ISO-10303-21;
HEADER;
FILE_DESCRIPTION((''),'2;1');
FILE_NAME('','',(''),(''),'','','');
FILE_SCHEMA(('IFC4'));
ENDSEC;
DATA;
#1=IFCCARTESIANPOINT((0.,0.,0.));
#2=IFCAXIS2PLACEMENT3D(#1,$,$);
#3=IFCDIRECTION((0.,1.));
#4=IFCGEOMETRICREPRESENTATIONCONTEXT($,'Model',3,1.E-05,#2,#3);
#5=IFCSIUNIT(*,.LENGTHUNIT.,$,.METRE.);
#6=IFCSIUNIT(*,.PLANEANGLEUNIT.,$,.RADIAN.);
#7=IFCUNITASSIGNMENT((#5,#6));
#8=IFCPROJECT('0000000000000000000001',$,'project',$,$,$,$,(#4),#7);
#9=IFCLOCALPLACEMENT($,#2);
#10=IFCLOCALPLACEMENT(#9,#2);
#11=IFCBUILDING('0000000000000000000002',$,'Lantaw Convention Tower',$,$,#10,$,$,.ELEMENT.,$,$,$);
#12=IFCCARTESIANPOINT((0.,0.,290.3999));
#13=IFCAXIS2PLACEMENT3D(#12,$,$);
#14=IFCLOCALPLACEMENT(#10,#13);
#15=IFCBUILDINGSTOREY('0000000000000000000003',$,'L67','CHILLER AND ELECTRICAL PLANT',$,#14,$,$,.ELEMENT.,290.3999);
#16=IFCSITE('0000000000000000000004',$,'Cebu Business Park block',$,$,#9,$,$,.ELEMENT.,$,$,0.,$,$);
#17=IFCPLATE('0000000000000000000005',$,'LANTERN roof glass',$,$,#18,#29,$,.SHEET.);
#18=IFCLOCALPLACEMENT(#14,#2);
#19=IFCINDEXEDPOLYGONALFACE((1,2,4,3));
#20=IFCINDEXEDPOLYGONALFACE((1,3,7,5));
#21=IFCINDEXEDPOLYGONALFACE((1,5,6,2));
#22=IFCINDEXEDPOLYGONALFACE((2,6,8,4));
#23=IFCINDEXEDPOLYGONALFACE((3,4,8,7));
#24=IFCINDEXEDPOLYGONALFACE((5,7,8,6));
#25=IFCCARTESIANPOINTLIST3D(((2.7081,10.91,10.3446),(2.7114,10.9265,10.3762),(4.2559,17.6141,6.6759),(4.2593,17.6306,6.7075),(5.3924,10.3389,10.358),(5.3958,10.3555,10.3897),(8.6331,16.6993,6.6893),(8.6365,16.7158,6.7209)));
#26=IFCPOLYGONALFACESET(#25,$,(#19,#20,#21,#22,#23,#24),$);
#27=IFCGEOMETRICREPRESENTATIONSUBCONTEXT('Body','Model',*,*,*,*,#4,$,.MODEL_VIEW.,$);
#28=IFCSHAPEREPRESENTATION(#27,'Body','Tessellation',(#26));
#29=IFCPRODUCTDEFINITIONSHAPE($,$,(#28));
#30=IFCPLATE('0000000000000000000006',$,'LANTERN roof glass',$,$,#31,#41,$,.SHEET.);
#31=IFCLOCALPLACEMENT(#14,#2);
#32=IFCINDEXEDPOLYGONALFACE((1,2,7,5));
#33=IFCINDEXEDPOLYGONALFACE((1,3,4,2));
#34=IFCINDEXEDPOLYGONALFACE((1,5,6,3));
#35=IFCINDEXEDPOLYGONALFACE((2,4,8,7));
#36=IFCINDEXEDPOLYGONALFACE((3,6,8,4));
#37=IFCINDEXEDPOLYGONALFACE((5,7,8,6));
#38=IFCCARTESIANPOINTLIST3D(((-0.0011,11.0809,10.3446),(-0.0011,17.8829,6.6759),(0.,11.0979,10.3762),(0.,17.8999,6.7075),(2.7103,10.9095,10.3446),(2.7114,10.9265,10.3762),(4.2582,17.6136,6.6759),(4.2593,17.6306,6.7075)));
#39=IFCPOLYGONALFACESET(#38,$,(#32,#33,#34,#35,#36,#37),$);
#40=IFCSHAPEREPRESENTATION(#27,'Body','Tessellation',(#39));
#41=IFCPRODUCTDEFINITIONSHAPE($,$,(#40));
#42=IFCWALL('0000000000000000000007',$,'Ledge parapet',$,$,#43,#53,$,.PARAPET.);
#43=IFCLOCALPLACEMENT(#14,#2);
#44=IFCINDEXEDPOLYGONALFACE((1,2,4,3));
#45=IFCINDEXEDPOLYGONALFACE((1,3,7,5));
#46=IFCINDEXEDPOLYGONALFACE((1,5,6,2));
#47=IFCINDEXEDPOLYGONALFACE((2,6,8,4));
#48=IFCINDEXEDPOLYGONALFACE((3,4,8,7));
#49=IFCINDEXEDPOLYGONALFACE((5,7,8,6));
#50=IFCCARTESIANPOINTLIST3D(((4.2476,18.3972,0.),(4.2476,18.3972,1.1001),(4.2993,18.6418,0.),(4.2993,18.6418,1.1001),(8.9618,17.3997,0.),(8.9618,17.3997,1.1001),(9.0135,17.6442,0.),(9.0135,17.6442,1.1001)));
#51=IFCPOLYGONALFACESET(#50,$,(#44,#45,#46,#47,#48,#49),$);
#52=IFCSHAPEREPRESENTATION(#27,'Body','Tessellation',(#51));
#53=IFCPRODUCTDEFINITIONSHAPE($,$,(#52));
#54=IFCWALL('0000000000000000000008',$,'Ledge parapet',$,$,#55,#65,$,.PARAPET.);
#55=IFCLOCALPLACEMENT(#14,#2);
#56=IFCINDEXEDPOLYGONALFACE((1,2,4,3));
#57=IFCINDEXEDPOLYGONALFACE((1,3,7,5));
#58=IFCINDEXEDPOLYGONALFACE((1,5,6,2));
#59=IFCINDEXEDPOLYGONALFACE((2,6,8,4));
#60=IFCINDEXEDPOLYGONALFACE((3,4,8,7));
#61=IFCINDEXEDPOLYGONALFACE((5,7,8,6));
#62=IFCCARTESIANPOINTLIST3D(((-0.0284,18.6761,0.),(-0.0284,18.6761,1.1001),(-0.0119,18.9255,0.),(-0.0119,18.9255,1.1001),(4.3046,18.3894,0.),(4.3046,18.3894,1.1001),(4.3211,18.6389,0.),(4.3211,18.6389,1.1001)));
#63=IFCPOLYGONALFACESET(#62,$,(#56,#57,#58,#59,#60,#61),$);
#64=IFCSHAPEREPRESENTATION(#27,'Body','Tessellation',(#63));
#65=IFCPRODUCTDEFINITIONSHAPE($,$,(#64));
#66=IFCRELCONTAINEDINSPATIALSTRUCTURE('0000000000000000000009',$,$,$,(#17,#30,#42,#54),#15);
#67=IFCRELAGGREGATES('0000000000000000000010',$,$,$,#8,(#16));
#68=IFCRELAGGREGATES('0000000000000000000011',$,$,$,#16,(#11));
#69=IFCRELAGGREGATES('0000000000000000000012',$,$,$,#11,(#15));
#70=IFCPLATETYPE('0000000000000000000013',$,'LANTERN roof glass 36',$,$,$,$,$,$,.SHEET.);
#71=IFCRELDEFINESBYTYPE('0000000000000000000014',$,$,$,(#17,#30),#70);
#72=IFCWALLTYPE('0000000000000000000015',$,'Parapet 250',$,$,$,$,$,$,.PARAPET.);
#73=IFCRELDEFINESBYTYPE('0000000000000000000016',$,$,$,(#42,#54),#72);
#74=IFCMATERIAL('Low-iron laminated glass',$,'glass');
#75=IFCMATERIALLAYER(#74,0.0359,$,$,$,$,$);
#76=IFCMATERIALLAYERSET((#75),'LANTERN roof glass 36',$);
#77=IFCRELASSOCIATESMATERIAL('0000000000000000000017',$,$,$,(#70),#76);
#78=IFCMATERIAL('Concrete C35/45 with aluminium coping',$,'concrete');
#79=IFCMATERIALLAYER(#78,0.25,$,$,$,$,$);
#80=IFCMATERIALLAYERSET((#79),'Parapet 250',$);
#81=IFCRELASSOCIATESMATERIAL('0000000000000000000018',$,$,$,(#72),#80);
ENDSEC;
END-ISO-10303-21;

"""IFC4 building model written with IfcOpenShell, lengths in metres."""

from ifc_helpers import new_model, si_unit, direction, frame, frame_2d, origin, place, context, subcontext, project, spatial, polyline, rectangle, outline, extrude, material, layer, layer_set, type_object, element, save


model = new_model("IFC4")

# Units and contexts
model_context = context("Model", 3, precision=1e-05, world=origin(), true_north=direction((0.0, 1.0)))
body_context = subcontext(model_context, "Body", "Model", "MODEL_VIEW")
ifc_project = project(units=[si_unit("LENGTHUNIT", "METRE"), si_unit("PLANEANGLEUNIT", "RADIAN")], contexts=[model_context])

# Site, building, storey
site_placement = place(None, origin())
site = spatial("IfcSite", under=ifc_project, at=site_placement, Name="Cebu Business Park block", CompositionType="ELEMENT", RefElevation=0.0)
building_placement = place(site_placement, origin())
building = spatial("IfcBuilding", under=site, at=building_placement, Name="Lantaw Convention Tower", CompositionType="ELEMENT")
storey_placement = place(building_placement, frame((0.0, 0.0, 290.3999)))
storey = spatial("IfcBuildingStorey", under=building, at=storey_placement, Name="L67", Description="CHILLER AND ELECTRICAL PLANT", CompositionType="ELEMENT", Elevation=290.3999)

# Shared definitions
ifc_material_1 = material(Name="Low-iron laminated glass", Category="glass")

# Plates
ifc_layer_1 = layer(ifc_material_1, 0.0359)
ifc_layer_set_1 = layer_set([ifc_layer_1], Name="LANTERN roof glass 36")
plate_type_1 = type_object("IfcPlateType", Name="LANTERN roof glass 36", PredefinedType="SHEET", material=ifc_layer_set_1)
plate_1_placement = place(storey_placement, frame((8.6365, 16.7158, 6.7209), z_axis=(0.093688, 0.461206, 0.882333), x_axis=(-0.978847, 0.204574, -0.002997)))
element("IfcPlate", 1, at=plate_1_placement, inside=storey, type_object=plate_type_1, Name="LANTERN roof glass", PredefinedType="SHEET", context=body_context, shape_type="SweptSolid", body=[
    extrude(outline(polyline([(0.0, 0.0), (4.4718, 0.0), (4.6044, 7.7963), (1.86, 7.8074), (0.0, 0.0)])), origin(), (0.0, 0.0, -1.0), 0.0359),
])
plate_2_placement = place(storey_placement, frame((4.2593, 17.6306, 6.7075), z_axis=(0.029997, 0.474498, 0.879745), x_axis=(-0.998007, 0.063096, -0.000002)))
element("IfcPlate", 2, at=plate_2_placement, inside=storey, type_object=plate_type_1, Name="LANTERN roof glass", PredefinedType="SHEET", context=body_context, shape_type="SweptSolid", body=[
    extrude(outline(polyline([(0.0, 0.0), (4.2678, 0.0), (3.8386, 7.7164), (1.1218, 7.7163), (0.0, 0.0)])), origin(), (0.0, 0.0, -1.0), 0.0359),
])

# Walls
ifc_material_2 = material(Name="Concrete C35/45 with aluminium coping", Category="concrete")
ifc_layer_2 = layer(ifc_material_2, 0.25)
ifc_layer_set_2 = layer_set([ifc_layer_2], Name="Parapet 250")
wall_type = type_object("IfcWallType", Name="Parapet 250", PredefinedType="PARAPET", material=ifc_layer_set_2)
wall_1_placement = place(storey_placement, frame((8.9875, 17.522, 0.0), z_axis=(0.0, 0.0, 1.0), x_axis=(-0.978335, 0.207027, 0.0)))
element("IfcWall", 3, at=wall_1_placement, inside=storey, type_object=wall_type, Name="Ledge parapet", PredefinedType="PARAPET", context=body_context, shape_type="SweptSolid", body=[
    extrude(rectangle(XDim=4.8186, YDim=0.25, at=frame_2d((2.4092, 0.0))), origin(), (0.0, 0.0, 1.0), 1.1001),
])
wall_2_placement = place(storey_placement, frame((4.313, 18.5142, 0.0), z_axis=(0.0, 0.0, 1.0), x_axis=(-0.997819, 0.066004, 0.0)))
element("IfcWall", 4, at=wall_2_placement, inside=storey, type_object=wall_type, Name="Ledge parapet", PredefinedType="PARAPET", context=body_context, shape_type="SweptSolid", body=[
    extrude(rectangle(XDim=4.3425, YDim=0.25, at=frame_2d((2.1714, 0.0))), origin(), (0.0, 0.0, 1.0), 1.1001),
])

save(model, "model.ifc")
